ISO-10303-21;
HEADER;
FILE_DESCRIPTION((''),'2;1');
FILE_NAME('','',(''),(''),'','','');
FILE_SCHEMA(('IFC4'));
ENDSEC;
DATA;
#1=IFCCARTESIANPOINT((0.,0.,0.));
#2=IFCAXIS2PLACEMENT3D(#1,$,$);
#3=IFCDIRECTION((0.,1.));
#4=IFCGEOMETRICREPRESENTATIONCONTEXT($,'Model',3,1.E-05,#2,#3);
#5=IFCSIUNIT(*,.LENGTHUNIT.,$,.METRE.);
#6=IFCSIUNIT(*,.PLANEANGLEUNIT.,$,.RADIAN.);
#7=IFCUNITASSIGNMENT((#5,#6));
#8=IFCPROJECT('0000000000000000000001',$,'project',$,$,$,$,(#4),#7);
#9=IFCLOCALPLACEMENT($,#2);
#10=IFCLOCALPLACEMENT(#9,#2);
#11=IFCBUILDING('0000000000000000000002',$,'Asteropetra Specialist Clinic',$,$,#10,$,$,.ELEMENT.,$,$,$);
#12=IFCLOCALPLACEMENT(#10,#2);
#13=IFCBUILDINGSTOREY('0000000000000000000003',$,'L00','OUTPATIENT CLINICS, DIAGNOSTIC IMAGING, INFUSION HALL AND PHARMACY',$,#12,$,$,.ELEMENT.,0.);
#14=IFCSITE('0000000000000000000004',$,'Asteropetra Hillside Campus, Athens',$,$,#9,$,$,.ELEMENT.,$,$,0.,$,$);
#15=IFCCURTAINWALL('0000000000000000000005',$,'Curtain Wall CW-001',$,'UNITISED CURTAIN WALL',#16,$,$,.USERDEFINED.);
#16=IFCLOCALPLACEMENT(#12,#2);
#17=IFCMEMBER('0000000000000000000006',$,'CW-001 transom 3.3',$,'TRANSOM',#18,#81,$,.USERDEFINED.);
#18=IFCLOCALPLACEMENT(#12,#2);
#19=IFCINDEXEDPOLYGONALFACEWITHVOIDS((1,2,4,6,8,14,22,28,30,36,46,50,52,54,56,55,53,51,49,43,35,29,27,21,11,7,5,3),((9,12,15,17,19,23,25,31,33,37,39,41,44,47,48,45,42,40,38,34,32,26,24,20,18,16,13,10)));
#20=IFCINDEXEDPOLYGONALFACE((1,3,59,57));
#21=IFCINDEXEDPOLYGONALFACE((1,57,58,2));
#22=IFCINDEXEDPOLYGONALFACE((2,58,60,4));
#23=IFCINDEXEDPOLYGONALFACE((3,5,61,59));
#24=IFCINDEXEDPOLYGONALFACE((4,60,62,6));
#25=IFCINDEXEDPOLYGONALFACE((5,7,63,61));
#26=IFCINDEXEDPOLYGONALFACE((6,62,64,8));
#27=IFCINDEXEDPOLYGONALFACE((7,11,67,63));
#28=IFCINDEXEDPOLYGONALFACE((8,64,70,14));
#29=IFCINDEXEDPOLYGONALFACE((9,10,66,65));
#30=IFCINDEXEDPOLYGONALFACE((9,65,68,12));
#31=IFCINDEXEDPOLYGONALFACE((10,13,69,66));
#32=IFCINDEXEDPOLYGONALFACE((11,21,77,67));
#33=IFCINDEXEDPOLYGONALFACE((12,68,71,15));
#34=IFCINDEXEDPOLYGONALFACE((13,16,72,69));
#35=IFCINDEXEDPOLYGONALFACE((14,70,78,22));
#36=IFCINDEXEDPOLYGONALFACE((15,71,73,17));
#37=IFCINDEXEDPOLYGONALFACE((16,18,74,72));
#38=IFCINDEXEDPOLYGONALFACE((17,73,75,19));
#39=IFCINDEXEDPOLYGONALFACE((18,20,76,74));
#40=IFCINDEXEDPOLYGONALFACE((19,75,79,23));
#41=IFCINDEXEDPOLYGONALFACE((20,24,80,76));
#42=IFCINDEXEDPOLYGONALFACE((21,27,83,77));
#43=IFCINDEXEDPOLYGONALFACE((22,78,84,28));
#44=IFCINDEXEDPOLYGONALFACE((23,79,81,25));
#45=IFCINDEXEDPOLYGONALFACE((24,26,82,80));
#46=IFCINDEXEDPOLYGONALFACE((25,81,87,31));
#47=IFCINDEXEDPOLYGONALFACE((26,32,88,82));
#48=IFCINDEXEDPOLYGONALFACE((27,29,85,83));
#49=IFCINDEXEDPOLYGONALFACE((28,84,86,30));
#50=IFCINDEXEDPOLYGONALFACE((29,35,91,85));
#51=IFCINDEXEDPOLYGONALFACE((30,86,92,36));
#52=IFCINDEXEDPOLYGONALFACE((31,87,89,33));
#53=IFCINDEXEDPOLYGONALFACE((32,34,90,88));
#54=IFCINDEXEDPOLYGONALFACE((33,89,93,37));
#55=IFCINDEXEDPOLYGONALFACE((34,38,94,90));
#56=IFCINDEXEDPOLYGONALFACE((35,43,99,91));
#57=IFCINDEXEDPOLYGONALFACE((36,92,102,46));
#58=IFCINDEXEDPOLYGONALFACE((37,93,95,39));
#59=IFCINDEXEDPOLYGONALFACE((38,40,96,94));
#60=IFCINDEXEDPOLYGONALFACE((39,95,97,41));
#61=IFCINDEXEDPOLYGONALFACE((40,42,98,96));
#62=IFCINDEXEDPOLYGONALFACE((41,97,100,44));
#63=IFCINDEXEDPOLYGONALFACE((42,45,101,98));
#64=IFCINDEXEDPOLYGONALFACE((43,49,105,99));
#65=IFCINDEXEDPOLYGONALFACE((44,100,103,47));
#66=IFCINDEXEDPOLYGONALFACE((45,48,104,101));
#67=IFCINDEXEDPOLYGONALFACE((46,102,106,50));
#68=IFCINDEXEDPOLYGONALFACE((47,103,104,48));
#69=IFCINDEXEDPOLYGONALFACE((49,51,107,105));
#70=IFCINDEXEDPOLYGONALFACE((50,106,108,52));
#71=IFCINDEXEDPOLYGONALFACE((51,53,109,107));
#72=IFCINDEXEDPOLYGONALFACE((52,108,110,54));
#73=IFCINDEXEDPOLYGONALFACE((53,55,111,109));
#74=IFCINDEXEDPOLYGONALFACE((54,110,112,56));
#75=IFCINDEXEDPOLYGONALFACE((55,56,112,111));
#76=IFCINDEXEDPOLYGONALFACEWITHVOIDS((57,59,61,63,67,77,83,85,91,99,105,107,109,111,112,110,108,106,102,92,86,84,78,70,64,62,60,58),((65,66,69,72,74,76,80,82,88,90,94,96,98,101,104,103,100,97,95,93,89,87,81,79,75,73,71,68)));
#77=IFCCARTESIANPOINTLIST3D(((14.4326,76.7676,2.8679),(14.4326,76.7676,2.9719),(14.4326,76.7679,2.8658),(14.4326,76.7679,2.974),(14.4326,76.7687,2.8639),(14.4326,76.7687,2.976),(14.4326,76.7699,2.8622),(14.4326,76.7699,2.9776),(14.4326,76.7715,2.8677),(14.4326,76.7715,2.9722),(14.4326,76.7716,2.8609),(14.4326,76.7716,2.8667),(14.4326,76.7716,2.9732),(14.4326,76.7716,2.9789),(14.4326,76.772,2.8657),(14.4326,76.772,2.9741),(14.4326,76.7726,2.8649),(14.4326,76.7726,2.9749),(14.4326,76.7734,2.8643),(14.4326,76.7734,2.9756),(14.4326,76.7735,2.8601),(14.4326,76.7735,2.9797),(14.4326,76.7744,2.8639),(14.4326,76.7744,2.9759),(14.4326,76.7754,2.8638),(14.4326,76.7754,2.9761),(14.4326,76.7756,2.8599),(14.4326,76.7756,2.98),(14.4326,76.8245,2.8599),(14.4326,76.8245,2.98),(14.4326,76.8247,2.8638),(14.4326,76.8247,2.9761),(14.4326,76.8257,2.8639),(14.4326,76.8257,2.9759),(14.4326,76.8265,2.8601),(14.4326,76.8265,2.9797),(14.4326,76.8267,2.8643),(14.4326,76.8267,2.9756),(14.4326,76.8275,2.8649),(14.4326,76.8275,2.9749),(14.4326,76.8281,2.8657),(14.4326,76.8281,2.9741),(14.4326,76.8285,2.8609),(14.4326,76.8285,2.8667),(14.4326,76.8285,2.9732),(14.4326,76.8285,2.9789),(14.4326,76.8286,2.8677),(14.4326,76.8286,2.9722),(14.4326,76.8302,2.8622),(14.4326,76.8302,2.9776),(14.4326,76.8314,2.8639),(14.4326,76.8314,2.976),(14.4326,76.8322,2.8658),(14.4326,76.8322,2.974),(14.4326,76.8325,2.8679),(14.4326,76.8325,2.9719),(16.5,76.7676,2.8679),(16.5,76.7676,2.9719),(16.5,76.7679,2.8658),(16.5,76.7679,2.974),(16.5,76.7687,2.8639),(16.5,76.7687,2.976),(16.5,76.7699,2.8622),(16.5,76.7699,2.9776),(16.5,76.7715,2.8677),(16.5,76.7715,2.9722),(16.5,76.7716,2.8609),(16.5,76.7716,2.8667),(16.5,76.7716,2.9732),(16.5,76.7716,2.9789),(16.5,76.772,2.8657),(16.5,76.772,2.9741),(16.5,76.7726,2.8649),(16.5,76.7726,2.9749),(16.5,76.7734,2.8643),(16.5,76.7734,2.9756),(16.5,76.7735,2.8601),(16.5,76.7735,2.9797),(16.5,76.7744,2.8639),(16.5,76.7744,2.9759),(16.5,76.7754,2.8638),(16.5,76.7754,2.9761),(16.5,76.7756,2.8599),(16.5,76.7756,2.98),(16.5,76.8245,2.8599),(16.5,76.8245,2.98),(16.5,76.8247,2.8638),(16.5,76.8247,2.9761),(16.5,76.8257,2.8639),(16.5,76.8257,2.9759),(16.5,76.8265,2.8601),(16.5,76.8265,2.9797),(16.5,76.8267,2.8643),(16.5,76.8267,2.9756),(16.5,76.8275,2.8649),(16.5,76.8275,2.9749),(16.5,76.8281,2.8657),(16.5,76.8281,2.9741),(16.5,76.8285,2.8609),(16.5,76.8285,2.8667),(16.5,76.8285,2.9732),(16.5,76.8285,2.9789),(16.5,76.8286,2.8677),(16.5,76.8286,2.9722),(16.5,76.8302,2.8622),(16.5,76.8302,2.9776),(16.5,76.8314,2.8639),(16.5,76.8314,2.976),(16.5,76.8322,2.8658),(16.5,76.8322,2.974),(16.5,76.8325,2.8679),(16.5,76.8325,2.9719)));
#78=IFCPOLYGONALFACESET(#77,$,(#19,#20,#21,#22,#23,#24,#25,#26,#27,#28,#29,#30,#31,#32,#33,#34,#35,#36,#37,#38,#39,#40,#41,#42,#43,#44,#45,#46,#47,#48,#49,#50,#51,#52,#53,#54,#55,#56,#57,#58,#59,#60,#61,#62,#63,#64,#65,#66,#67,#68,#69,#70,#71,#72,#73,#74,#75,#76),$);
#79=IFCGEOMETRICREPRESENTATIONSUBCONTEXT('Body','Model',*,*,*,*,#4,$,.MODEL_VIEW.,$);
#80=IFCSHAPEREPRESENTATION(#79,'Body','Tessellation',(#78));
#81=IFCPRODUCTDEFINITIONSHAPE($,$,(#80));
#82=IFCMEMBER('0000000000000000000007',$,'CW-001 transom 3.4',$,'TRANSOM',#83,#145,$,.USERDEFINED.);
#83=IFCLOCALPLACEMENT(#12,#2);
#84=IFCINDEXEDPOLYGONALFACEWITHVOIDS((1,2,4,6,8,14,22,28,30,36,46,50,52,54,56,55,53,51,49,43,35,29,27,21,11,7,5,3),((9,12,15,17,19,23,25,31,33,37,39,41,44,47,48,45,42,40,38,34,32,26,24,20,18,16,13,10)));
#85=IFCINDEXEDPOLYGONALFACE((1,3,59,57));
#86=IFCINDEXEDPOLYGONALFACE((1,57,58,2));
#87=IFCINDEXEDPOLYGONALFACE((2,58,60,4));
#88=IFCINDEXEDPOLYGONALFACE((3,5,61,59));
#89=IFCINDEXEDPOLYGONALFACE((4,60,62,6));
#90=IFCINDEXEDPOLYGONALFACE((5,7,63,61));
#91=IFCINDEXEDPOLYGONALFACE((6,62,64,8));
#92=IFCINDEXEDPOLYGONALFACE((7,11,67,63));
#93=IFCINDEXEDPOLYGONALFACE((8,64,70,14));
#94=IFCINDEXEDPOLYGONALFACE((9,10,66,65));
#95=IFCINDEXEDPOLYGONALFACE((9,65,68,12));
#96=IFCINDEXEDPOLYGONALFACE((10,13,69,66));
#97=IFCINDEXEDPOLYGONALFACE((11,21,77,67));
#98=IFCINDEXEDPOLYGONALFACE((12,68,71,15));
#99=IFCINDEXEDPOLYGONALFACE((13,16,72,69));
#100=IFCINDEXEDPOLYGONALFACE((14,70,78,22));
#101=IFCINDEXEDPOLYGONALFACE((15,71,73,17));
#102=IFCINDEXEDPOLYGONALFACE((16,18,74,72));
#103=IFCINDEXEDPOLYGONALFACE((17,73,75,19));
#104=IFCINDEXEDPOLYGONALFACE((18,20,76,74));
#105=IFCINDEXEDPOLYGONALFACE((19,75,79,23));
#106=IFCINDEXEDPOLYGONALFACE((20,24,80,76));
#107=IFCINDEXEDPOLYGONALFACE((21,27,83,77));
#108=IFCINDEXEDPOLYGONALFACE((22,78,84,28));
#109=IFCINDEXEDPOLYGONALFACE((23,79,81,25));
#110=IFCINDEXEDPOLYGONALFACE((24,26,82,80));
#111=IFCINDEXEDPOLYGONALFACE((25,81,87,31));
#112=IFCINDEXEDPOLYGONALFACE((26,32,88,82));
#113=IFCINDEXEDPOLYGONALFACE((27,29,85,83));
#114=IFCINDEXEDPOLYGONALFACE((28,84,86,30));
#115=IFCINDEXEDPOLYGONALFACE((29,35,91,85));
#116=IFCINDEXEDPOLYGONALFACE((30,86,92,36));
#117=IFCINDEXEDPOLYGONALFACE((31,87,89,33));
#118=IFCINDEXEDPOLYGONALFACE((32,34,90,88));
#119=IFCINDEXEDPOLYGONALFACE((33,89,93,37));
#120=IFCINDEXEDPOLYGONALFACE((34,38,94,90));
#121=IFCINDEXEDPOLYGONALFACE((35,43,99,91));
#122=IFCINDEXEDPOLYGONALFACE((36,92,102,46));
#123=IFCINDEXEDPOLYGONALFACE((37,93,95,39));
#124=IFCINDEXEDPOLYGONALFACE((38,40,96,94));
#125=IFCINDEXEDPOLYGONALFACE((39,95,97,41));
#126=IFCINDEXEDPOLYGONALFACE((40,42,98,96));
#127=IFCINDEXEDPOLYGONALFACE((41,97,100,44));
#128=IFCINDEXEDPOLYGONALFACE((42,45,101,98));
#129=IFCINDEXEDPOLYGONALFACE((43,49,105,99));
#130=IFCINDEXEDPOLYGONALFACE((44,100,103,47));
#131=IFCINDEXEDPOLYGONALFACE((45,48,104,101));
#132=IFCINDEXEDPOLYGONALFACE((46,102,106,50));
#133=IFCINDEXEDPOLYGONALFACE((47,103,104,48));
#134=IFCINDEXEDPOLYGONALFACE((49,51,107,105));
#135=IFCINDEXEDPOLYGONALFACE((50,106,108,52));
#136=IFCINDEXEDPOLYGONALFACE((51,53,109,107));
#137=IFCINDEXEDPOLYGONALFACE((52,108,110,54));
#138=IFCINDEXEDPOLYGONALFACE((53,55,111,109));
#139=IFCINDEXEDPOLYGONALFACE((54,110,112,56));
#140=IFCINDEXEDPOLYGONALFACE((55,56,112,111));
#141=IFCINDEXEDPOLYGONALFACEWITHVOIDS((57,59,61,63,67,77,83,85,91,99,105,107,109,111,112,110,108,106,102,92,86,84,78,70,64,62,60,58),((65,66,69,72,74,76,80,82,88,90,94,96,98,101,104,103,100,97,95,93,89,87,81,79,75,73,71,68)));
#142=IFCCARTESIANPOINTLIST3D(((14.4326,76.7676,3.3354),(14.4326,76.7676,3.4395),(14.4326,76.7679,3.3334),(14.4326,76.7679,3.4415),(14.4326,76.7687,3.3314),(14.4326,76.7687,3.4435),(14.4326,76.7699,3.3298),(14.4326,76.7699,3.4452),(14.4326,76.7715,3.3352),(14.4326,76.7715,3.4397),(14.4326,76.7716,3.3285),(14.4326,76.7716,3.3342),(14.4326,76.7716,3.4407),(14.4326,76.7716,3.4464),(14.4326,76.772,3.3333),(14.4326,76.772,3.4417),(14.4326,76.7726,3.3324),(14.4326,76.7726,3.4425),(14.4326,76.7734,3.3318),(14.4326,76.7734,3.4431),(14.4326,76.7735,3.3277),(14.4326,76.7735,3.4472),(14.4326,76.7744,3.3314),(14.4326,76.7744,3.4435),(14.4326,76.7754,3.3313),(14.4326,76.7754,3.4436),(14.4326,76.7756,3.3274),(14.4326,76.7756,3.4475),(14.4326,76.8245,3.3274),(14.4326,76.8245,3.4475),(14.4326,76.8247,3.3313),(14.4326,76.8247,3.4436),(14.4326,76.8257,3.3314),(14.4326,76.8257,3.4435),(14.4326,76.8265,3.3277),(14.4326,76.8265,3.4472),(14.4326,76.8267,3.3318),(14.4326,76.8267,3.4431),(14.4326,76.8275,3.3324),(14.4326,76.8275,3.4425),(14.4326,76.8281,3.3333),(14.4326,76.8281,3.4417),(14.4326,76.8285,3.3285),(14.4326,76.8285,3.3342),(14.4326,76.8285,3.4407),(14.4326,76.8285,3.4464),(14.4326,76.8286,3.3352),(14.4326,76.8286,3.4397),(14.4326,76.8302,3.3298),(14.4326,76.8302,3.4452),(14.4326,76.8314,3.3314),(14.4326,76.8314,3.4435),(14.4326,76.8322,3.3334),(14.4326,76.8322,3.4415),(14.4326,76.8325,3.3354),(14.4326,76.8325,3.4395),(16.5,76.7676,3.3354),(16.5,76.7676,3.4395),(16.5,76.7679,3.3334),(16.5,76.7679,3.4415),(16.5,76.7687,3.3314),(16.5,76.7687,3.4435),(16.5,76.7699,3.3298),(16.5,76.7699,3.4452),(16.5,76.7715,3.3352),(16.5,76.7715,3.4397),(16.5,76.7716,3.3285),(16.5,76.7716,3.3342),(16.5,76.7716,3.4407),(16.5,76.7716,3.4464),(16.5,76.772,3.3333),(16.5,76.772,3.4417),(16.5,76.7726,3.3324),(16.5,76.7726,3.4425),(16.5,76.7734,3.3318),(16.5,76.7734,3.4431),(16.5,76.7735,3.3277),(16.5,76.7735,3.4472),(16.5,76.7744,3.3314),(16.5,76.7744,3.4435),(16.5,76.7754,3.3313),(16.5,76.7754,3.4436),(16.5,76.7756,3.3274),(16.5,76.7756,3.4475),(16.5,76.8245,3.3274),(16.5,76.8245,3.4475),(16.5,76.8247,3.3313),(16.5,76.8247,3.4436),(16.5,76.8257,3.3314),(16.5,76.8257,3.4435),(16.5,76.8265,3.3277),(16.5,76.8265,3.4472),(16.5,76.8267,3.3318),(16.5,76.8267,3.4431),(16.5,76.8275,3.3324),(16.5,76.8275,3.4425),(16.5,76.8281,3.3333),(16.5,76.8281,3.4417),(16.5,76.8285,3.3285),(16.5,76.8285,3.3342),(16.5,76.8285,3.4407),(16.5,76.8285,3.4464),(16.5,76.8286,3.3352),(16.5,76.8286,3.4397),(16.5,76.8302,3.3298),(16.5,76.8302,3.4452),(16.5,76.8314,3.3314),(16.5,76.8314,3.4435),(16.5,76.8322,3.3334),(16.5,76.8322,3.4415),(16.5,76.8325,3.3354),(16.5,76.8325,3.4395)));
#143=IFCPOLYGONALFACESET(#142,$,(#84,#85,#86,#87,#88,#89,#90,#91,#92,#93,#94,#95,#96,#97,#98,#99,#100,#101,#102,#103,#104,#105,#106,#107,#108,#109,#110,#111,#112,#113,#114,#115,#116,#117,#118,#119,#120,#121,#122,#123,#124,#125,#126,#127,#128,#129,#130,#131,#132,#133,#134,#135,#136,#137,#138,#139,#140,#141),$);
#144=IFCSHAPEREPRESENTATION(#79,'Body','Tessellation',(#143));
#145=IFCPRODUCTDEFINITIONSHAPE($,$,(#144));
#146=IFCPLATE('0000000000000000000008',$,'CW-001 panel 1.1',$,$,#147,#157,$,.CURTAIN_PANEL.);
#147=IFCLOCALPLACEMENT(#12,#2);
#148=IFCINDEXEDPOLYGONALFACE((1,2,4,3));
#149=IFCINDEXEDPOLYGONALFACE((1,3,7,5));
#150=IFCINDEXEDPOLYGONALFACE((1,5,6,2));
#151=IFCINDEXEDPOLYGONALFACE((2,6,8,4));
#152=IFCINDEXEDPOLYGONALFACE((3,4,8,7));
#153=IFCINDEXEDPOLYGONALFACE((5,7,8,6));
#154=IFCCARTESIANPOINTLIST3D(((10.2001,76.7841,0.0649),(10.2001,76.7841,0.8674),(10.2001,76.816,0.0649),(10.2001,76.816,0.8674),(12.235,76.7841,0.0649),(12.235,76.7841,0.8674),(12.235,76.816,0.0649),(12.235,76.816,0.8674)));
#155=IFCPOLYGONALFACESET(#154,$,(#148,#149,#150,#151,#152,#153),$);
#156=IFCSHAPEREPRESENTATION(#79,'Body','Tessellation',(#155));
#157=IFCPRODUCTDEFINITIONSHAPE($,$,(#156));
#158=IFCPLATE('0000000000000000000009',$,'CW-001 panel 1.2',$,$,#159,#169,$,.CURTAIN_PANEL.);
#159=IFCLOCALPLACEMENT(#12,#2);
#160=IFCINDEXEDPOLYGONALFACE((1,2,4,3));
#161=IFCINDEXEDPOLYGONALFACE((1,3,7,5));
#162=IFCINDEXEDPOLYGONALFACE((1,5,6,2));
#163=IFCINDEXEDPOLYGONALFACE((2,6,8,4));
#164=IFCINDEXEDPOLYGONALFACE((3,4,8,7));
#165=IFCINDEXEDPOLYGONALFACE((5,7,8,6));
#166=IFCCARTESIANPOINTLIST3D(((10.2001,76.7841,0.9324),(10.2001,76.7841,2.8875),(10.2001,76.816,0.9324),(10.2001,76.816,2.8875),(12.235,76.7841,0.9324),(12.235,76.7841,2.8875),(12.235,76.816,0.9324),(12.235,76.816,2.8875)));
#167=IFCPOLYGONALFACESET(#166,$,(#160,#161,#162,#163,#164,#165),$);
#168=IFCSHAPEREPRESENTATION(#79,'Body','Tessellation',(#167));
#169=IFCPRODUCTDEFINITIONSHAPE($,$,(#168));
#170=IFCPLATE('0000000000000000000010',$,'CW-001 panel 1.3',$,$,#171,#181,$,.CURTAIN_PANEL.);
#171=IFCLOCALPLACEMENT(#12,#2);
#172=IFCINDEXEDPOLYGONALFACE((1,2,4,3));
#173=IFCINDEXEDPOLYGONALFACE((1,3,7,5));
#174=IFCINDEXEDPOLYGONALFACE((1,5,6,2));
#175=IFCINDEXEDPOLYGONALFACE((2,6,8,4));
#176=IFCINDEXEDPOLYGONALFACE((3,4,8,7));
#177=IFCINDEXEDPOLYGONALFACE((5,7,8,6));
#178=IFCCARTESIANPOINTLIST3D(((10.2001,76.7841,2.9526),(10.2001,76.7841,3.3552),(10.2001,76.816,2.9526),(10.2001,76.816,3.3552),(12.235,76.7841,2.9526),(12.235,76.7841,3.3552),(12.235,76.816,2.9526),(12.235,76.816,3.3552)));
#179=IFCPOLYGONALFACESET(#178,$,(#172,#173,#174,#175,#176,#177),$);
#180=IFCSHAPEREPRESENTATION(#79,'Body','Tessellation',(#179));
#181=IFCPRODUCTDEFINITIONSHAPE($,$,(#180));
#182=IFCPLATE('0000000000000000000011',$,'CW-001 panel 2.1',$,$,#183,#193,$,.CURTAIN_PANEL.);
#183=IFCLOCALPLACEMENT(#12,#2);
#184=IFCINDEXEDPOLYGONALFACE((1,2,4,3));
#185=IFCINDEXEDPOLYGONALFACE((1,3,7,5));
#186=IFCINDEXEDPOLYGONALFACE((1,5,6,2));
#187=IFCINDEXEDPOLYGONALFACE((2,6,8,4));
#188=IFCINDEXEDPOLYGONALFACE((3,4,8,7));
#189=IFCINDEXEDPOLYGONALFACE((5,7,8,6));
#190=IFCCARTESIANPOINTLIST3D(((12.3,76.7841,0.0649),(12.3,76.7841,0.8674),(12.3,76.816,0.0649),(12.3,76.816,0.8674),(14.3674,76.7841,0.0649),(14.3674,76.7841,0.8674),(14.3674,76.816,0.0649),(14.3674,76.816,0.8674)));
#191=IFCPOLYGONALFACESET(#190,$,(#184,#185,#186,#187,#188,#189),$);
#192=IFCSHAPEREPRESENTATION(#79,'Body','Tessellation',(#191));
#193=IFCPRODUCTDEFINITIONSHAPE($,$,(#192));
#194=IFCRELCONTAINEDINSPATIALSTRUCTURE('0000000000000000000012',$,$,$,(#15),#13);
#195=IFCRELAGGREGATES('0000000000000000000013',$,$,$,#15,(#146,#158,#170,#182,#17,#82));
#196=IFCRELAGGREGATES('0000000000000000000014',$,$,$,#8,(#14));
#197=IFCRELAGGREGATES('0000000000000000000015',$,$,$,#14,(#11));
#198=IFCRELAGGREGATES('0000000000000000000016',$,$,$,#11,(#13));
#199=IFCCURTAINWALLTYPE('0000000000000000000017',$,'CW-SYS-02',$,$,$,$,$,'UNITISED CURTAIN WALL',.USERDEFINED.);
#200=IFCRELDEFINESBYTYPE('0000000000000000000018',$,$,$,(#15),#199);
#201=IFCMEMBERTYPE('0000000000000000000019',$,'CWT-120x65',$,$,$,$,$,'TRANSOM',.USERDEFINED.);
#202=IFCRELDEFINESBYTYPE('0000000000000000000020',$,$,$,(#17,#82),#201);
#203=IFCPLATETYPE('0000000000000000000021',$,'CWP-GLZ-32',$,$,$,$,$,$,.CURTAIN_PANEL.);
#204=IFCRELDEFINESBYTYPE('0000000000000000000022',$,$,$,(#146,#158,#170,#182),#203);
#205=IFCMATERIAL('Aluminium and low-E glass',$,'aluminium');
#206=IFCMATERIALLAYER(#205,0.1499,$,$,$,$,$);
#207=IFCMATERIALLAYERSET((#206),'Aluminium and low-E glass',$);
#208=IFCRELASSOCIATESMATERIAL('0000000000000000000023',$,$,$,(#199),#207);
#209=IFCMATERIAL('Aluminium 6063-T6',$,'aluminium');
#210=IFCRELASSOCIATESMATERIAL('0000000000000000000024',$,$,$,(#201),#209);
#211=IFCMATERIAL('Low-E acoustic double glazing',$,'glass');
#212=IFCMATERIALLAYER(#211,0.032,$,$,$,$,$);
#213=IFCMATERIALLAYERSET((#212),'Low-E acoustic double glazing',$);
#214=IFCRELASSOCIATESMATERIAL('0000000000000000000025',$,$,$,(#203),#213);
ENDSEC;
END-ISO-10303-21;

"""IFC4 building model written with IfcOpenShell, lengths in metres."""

from ifc_helpers import new_model, si_unit, direction, frame, origin, origin_2d, place, context, subcontext, project, spatial, rectangle, hollow_rectangle, extrude, material, layer, layer_set, material_profile, profile_set, type_object, element, aggregate, save


model = new_model("IFC4")

# Units and contexts
model_context = context("Model", 3, precision=1e-05, world=origin(), true_north=direction((0.0, 1.0)))
body_context = subcontext(model_context, "Body", "Model", "MODEL_VIEW")
ifc_project = project(units=[si_unit("LENGTHUNIT", "METRE"), si_unit("PLANEANGLEUNIT", "RADIAN")], contexts=[model_context])

# Site, building, storey
site_placement = place(None, origin())
site = spatial("IfcSite", under=ifc_project, at=site_placement, Name="Asteropetra Hillside Campus, Athens", CompositionType="ELEMENT", RefElevation=0.0)
building_placement = place(site_placement, origin())
building = spatial("IfcBuilding", under=site, at=building_placement, Name="Asteropetra Specialist Clinic", CompositionType="ELEMENT")
storey_placement = place(building_placement, origin())
storey = spatial("IfcBuildingStorey", under=building, at=storey_placement, Name="L00", Description="OUTPATIENT CLINICS, DIAGNOSTIC IMAGING, INFUSION HALL AND PHARMACY", CompositionType="ELEMENT", Elevation=0.0)

# Curtain wall, members, plates
ifc_material_1 = material(Name="Aluminium and low-E glass", Category="aluminium")
ifc_layer_1 = layer(ifc_material_1, 0.1499)
ifc_layer_set_1 = layer_set([ifc_layer_1], Name="Aluminium and low-E glass")
curtain_wall_type = type_object("IfcCurtainWallType", Name="CW-SYS-02", ElementType="UNITISED CURTAIN WALL", PredefinedType="USERDEFINED", material=ifc_layer_set_1)
curtain_wall_placement = place(storey_placement, origin())
curtain_wall = element("IfcCurtainWall", 1, at=curtain_wall_placement, inside=storey, type_object=curtain_wall_type, Name="Curtain Wall CW-001", ObjectType="UNITISED CURTAIN WALL", PredefinedType="USERDEFINED")
ifc_material_2 = material(Name="Aluminium 6063-T6", Category="aluminium")
ifc_material_profile_1 = material_profile(ifc_material_2, hollow_rectangle(XDim=0.0649, YDim=0.1201, WallThickness=0.0039, InnerFilletRadius=0.0039, OuterFilletRadius=0.0081, at=origin_2d()), Name="TRN 120x65x4.0")
ifc_profile_set_1 = profile_set([ifc_material_profile_1], Name="Aluminium 6063-T6")
member_type_1 = type_object("IfcMemberType", Name="CWT-120x65", ElementType="TRANSOM", PredefinedType="USERDEFINED", material=ifc_profile_set_1)
member_1_placement = place(storey_placement, frame((14.4326, 76.8, 2.9199), z_axis=(1.0, 0.0, 0.0), x_axis=(0.0, 1.0, 0.0)))
member_1 = element("IfcMember", 2, at=member_1_placement, type_object=member_type_1, Name="CW-001 transom 3.3", ObjectType="TRANSOM", PredefinedType="USERDEFINED", context=body_context, shape_type="SweptSolid", body=[
    extrude(hollow_rectangle(XDim=0.0649, YDim=0.1201, WallThickness=0.0039, InnerFilletRadius=0.0039, OuterFilletRadius=0.0081, at=origin_2d()), origin(), (0.0, 0.0, 1.0), 2.0674),
])
member_2_placement = place(storey_placement, frame((14.4326, 76.8, 3.3875), z_axis=(1.0, 0.0, 0.0), x_axis=(0.0, 1.0, 0.0)))
member_2 = element("IfcMember", 3, at=member_2_placement, type_object=member_type_1, Name="CW-001 transom 3.4", ObjectType="TRANSOM", PredefinedType="USERDEFINED", context=body_context, shape_type="SweptSolid", body=[
    extrude(hollow_rectangle(XDim=0.0649, YDim=0.1201, WallThickness=0.0039, InnerFilletRadius=0.0039, OuterFilletRadius=0.0081, at=origin_2d()), origin(), (0.0, 0.0, 1.0), 2.0674),
])
ifc_material_3 = material(Name="Low-E acoustic double glazing", Category="glass")
ifc_layer_2 = layer(ifc_material_3, 0.032)
ifc_layer_set_2 = layer_set([ifc_layer_2], Name="Low-E acoustic double glazing")
plate_type = type_object("IfcPlateType", Name="CWP-GLZ-32", PredefinedType="CURTAIN_PANEL", material=ifc_layer_set_2)
plate_1_placement = place(storey_placement, frame((11.2175, 76.8, 0.0649), z_axis=(0.0, 0.0, 1.0), x_axis=(1.0, 0.0, 0.0)))
plate_1 = element("IfcPlate", 4, at=plate_1_placement, type_object=plate_type, Name="CW-001 panel 1.1", PredefinedType="CURTAIN_PANEL", context=body_context, shape_type="SweptSolid", body=[
    extrude(rectangle(XDim=2.0349, YDim=0.032, at=origin_2d()), origin(), (0.0, 0.0, 1.0), 0.8025),
])
plate_2_placement = place(storey_placement, frame((11.2175, 76.8, 0.9324), z_axis=(0.0, 0.0, 1.0), x_axis=(1.0, 0.0, 0.0)))
plate_2 = element("IfcPlate", 5, at=plate_2_placement, type_object=plate_type, Name="CW-001 panel 1.2", PredefinedType="CURTAIN_PANEL", context=body_context, shape_type="SweptSolid", body=[
    extrude(rectangle(XDim=2.0349, YDim=0.032, at=origin_2d()), origin(), (0.0, 0.0, 1.0), 1.9551),
])
plate_3_placement = place(storey_placement, frame((11.2175, 76.8, 2.9526), z_axis=(0.0, 0.0, 1.0), x_axis=(1.0, 0.0, 0.0)))
plate_3 = element("IfcPlate", 6, at=plate_3_placement, type_object=plate_type, Name="CW-001 panel 1.3", PredefinedType="CURTAIN_PANEL", context=body_context, shape_type="SweptSolid", body=[
    extrude(rectangle(XDim=2.0349, YDim=0.032, at=origin_2d()), origin(), (0.0, 0.0, 1.0), 0.4026),
])
plate_4_placement = place(storey_placement, frame((13.3337, 76.8, 0.0649), z_axis=(0.0, 0.0, 1.0), x_axis=(1.0, 0.0, 0.0)))
plate_4 = element("IfcPlate", 7, at=plate_4_placement, type_object=plate_type, Name="CW-001 panel 2.1", PredefinedType="CURTAIN_PANEL", context=body_context, shape_type="SweptSolid", body=[
    extrude(rectangle(XDim=2.0674, YDim=0.032, at=origin_2d()), origin(), (0.0, 0.0, 1.0), 0.8025),
])
aggregate(curtain_wall, [plate_1, plate_2, plate_3, plate_4, member_1, member_2])

save(model, "model.ifc")
